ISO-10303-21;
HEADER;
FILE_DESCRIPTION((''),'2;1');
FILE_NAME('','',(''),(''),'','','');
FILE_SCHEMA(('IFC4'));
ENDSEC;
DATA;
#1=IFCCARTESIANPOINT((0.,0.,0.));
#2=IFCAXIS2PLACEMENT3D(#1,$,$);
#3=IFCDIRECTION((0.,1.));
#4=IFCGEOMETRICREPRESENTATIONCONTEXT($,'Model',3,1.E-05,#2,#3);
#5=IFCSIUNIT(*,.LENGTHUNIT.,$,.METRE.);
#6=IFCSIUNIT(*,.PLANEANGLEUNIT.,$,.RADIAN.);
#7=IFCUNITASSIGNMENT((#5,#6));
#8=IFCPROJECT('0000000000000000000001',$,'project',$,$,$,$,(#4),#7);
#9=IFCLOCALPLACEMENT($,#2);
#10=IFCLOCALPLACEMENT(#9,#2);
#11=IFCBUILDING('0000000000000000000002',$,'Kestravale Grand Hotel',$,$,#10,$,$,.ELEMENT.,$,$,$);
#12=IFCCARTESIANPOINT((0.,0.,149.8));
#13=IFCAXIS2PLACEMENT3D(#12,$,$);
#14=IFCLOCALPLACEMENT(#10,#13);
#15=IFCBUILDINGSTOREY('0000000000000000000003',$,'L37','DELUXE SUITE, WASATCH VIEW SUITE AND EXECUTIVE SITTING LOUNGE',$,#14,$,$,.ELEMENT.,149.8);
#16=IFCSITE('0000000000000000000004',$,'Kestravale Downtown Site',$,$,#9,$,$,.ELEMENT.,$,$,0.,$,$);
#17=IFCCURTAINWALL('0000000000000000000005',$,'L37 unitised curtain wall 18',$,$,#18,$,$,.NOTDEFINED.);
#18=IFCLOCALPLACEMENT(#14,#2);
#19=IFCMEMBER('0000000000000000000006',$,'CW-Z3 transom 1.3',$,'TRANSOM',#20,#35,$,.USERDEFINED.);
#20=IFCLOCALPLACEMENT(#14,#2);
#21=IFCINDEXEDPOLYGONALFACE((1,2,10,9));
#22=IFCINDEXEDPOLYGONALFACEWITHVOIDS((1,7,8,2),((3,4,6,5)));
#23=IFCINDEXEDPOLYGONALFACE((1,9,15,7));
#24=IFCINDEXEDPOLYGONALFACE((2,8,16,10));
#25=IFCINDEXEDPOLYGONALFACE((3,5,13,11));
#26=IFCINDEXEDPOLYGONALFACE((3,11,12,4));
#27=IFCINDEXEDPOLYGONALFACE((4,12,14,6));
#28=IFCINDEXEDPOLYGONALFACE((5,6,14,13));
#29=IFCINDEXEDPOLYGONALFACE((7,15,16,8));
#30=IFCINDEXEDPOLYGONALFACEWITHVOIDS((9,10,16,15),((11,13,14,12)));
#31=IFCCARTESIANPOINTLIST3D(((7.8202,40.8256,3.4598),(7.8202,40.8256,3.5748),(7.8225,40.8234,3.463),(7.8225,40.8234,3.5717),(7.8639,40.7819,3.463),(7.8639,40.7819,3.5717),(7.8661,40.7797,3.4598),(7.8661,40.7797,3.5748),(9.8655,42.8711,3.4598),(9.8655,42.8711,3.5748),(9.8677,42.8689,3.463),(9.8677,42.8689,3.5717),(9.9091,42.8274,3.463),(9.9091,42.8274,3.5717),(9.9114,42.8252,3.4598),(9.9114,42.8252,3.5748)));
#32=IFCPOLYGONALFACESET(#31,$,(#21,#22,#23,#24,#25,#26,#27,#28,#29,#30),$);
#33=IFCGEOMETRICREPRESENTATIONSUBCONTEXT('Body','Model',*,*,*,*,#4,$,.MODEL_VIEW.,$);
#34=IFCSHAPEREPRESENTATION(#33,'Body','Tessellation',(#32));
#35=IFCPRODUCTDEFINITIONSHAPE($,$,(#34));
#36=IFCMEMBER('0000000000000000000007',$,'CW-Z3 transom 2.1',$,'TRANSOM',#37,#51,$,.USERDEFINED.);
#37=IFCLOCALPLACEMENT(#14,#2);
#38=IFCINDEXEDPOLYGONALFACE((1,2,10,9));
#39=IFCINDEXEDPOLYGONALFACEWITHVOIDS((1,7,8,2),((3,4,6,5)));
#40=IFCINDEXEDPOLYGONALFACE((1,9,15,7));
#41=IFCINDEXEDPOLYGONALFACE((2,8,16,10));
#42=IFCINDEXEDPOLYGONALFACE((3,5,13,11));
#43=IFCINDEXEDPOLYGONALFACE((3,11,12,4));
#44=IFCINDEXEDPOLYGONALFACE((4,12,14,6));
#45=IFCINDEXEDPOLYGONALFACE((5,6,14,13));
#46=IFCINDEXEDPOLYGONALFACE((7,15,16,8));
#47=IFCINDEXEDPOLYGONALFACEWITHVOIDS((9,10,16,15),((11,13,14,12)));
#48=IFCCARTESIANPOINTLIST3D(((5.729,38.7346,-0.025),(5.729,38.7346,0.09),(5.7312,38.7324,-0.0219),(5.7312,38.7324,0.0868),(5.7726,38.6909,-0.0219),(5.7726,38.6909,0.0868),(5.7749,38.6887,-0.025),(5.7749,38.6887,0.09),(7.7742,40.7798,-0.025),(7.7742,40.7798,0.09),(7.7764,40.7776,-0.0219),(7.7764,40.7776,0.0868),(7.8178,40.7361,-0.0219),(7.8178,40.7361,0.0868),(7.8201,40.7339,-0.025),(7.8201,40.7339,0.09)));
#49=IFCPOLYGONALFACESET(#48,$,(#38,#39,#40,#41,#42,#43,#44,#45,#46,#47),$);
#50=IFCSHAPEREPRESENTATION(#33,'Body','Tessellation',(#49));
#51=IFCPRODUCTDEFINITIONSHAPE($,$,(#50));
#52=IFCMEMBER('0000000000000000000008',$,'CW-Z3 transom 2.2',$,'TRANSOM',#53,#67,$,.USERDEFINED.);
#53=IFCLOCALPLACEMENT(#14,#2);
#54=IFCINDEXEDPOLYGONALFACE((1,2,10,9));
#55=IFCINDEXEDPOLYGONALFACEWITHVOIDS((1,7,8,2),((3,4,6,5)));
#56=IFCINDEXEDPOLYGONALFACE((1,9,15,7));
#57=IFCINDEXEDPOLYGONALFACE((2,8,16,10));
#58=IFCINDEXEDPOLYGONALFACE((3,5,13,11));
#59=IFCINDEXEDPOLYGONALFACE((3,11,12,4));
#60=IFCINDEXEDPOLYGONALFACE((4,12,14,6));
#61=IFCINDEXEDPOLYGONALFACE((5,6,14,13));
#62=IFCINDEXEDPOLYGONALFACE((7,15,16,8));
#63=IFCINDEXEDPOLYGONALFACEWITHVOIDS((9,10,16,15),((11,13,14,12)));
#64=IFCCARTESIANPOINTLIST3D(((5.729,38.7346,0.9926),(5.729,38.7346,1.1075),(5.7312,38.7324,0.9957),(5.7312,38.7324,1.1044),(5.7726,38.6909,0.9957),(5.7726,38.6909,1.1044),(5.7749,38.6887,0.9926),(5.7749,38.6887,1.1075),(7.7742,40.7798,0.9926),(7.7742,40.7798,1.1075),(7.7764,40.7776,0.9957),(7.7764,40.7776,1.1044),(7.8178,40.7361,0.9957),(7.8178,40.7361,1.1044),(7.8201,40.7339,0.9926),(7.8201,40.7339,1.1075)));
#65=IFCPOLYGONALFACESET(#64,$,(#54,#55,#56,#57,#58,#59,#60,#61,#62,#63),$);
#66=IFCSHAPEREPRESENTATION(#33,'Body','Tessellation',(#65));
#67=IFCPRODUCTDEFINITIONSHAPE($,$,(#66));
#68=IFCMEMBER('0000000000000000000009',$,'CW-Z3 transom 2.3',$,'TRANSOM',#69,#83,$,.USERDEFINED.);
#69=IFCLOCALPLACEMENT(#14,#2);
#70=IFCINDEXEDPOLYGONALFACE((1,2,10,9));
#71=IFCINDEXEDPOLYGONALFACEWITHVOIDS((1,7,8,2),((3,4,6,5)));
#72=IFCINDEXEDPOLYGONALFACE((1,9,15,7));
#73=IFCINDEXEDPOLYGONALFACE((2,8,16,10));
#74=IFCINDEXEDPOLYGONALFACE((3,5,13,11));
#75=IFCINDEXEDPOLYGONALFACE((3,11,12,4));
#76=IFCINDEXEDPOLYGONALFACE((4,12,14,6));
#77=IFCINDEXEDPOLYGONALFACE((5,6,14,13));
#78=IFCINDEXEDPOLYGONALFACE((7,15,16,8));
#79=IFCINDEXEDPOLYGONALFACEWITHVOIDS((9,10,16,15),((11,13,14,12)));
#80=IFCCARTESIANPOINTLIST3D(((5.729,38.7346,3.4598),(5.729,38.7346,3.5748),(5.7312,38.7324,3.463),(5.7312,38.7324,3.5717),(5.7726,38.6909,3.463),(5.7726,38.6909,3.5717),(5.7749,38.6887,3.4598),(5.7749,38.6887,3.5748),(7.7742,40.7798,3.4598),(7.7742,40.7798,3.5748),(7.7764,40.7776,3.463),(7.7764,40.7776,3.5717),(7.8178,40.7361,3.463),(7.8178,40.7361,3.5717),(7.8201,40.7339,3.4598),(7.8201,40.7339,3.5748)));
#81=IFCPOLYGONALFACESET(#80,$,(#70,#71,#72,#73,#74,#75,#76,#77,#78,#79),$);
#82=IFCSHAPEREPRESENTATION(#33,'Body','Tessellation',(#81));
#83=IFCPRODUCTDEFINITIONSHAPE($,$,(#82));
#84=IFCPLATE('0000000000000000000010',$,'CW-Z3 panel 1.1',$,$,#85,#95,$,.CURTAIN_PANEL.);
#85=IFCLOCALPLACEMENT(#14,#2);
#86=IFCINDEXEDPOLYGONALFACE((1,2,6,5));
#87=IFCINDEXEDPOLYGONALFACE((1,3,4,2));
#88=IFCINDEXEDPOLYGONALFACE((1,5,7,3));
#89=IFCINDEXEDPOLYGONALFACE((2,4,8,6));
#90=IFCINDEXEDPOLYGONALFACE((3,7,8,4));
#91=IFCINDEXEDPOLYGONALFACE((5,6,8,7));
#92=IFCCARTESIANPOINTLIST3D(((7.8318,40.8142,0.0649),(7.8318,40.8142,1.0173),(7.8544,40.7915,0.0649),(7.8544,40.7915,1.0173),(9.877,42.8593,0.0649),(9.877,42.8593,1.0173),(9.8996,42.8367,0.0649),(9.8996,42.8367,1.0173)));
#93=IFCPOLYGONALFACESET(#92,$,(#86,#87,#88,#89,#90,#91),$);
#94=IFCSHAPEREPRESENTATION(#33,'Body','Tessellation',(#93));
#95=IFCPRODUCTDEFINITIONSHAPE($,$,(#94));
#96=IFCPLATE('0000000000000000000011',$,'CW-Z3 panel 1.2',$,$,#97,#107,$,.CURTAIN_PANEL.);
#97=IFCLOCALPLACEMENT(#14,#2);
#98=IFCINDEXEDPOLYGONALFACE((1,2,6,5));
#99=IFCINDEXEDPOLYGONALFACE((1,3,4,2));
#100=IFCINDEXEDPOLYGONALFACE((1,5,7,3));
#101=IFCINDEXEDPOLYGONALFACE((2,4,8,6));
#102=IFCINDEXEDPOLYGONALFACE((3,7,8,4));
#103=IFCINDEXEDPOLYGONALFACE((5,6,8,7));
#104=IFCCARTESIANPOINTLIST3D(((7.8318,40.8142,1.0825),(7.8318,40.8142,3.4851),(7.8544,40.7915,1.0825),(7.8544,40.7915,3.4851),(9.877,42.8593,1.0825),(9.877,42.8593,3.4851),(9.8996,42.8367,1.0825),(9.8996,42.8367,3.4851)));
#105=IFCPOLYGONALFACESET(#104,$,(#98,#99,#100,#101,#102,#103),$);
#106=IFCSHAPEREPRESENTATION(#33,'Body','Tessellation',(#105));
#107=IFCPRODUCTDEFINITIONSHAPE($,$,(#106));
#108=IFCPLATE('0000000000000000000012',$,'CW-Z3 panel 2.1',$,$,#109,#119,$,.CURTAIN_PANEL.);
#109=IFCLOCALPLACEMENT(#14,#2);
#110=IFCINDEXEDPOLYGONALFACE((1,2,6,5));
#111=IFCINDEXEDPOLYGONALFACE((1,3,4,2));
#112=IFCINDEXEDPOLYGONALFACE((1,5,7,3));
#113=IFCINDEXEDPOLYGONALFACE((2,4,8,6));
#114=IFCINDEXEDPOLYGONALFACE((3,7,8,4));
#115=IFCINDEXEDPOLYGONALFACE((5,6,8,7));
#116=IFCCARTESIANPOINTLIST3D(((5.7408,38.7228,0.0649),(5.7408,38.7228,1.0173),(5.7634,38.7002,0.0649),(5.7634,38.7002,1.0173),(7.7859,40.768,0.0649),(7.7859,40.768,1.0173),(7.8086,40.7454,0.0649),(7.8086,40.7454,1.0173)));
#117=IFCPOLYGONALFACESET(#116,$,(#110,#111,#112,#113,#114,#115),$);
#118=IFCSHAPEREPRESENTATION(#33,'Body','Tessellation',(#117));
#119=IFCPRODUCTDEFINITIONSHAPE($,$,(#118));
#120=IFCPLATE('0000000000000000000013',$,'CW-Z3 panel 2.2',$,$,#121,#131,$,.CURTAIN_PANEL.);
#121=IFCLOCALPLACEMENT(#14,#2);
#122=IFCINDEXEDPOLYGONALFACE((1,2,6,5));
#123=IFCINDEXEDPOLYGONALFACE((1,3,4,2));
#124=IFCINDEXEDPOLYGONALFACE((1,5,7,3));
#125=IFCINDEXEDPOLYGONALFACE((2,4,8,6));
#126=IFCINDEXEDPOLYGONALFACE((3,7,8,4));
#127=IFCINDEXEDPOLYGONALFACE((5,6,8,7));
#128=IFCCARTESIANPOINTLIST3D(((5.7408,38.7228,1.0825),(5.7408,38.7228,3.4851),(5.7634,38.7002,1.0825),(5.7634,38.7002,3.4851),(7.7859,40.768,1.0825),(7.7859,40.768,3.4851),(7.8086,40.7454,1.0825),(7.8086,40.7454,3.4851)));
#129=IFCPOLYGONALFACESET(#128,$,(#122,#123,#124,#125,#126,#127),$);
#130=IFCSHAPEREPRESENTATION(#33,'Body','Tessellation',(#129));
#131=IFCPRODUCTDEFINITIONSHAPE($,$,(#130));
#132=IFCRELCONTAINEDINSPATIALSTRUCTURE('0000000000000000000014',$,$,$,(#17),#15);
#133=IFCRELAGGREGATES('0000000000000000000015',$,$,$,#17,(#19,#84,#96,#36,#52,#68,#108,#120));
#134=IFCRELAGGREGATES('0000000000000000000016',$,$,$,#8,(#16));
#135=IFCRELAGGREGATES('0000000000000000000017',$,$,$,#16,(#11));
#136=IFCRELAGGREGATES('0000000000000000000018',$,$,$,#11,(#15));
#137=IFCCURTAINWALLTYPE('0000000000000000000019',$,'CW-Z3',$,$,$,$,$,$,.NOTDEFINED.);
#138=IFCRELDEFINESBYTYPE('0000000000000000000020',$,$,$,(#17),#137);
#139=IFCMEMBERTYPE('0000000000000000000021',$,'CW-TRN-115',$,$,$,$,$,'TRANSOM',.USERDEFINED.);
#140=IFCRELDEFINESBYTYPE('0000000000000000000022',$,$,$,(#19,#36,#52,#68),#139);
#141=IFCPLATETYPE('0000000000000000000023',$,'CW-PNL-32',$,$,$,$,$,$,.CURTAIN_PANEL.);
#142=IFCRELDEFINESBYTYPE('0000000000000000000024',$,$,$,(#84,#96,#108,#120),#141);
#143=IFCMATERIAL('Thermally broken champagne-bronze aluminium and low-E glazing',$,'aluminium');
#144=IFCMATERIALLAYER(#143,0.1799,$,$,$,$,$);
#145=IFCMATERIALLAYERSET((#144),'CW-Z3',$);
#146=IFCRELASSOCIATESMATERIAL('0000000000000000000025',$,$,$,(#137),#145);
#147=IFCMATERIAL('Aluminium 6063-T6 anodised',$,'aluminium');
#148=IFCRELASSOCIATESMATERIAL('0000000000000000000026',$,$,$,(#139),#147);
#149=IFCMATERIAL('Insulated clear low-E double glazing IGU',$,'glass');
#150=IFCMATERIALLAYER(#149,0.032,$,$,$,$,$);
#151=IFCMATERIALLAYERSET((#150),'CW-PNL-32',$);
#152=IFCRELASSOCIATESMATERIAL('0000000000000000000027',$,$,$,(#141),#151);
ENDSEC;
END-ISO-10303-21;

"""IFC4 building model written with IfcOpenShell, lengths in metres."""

from ifc_helpers import new_model, si_unit, direction, frame, origin, origin_2d, place, context, subcontext, project, spatial, rectangle, hollow_rectangle, extrude, material, layer, layer_set, material_profile, profile_set, type_object, element, aggregate, save


model = new_model("IFC4")

# Units and contexts
model_context = context("Model", 3, precision=1e-05, world=origin(), true_north=direction((0.0, 1.0)))
body_context = subcontext(model_context, "Body", "Model", "MODEL_VIEW")
ifc_project = project(units=[si_unit("LENGTHUNIT", "METRE"), si_unit("PLANEANGLEUNIT", "RADIAN")], contexts=[model_context])

# Site, building, storey
site_placement = place(None, origin())
site = spatial("IfcSite", under=ifc_project, at=site_placement, Name="Kestravale Downtown Site", CompositionType="ELEMENT", RefElevation=0.0)
building_placement = place(site_placement, origin())
building = spatial("IfcBuilding", under=site, at=building_placement, Name="Kestravale Grand Hotel", CompositionType="ELEMENT")
storey_placement = place(building_placement, frame((0.0, 0.0, 149.8)))
storey = spatial("IfcBuildingStorey", under=building, at=storey_placement, Name="L37", Description="DELUXE SUITE, WASATCH VIEW SUITE AND EXECUTIVE SITTING LOUNGE", CompositionType="ELEMENT", Elevation=149.8)

# Curtain wall, members, plates
ifc_material_1 = material(Name="Thermally broken champagne-bronze aluminium and low-E glazing", Category="aluminium")
ifc_layer_1 = layer(ifc_material_1, 0.1799)
ifc_layer_set_1 = layer_set([ifc_layer_1], Name="CW-Z3")
curtain_wall_type = type_object("IfcCurtainWallType", Name="CW-Z3", PredefinedType="NOTDEFINED", material=ifc_layer_set_1)
curtain_wall_placement = place(storey_placement, origin())
curtain_wall = element("IfcCurtainWall", 1, at=curtain_wall_placement, inside=storey, type_object=curtain_wall_type, Name="L37 unitised curtain wall 18", PredefinedType="NOTDEFINED")
ifc_material_2 = material(Name="Aluminium 6063-T6 anodised", Category="aluminium")
ifc_material_profile_1 = material_profile(ifc_material_2, hollow_rectangle(XDim=0.0649, YDim=0.115, WallThickness=0.0032, at=origin_2d()))
ifc_profile_set_1 = profile_set([ifc_material_profile_1], Name="Aluminium 6063-T6 anodised")
member_type_1 = type_object("IfcMemberType", Name="CW-TRN-115", ElementType="TRANSOM", PredefinedType="USERDEFINED", material=ifc_profile_set_1)
member_1_placement = place(storey_placement, frame((9.8884, 42.8481, 3.5173), z_axis=(-0.707065, -0.707149, 0.0), x_axis=(0.707149, -0.707065, 0.0)))
member_1 = element("IfcMember", 2, at=member_1_placement, type_object=member_type_1, Name="CW-Z3 transom 1.3", ObjectType="TRANSOM", PredefinedType="USERDEFINED", context=body_context, shape_type="SweptSolid", body=[
    extrude(hollow_rectangle(XDim=0.0649, YDim=0.115, WallThickness=0.0032, at=origin_2d()), origin(), (0.0, 0.0, 1.0), 2.8926),
])
member_2_placement = place(storey_placement, frame((7.7971, 40.7568, 0.0325), z_axis=(-0.707107, -0.707107, 0.0), x_axis=(0.707107, -0.707107, 0.0)))
member_2 = element("IfcMember", 3, at=member_2_placement, type_object=member_type_1, Name="CW-Z3 transom 2.1", ObjectType="TRANSOM", PredefinedType="USERDEFINED", context=body_context, shape_type="SweptSolid", body=[
    extrude(hollow_rectangle(XDim=0.0649, YDim=0.115, WallThickness=0.0032, at=origin_2d()), origin(), (0.0, 0.0, 1.0), 2.8923),
])
member_3_placement = place(storey_placement, frame((7.7971, 40.7568, 1.05), z_axis=(-0.707107, -0.707107, 0.0), x_axis=(0.707107, -0.707107, 0.0)))
member_3 = element("IfcMember", 4, at=member_3_placement, type_object=member_type_1, Name="CW-Z3 transom 2.2", ObjectType="TRANSOM", PredefinedType="USERDEFINED", context=body_context, shape_type="SweptSolid", body=[
    extrude(hollow_rectangle(XDim=0.0649, YDim=0.115, WallThickness=0.0032, at=origin_2d()), origin(), (0.0, 0.0, 1.0), 2.8923),
])
member_4_placement = place(storey_placement, frame((7.7971, 40.7568, 3.5173), z_axis=(-0.707107, -0.707107, 0.0), x_axis=(0.707107, -0.707107, 0.0)))
member_4 = element("IfcMember", 5, at=member_4_placement, type_object=member_type_1, Name="CW-Z3 transom 2.3", ObjectType="TRANSOM", PredefinedType="USERDEFINED", context=body_context, shape_type="SweptSolid", body=[
    extrude(hollow_rectangle(XDim=0.0649, YDim=0.115, WallThickness=0.0032, at=origin_2d()), origin(), (0.0, 0.0, 1.0), 2.8923),
])
ifc_material_3 = material(Name="Insulated clear low-E double glazing IGU", Category="glass")
ifc_layer_2 = layer(ifc_material_3, 0.032)
ifc_layer_set_2 = layer_set([ifc_layer_2], Name="CW-PNL-32")
plate_type = type_object("IfcPlateType", Name="CW-PNL-32", PredefinedType="CURTAIN_PANEL", material=ifc_layer_set_2)
plate_1_placement = place(storey_placement, frame((8.8657, 41.8254, 0.0649), z_axis=(0.0, 0.0, 1.0), x_axis=(-0.707107, -0.707107, 0.0)))
plate_1 = element("IfcPlate", 6, at=plate_1_placement, type_object=plate_type, Name="CW-Z3 panel 1.1", PredefinedType="CURTAIN_PANEL", context=body_context, shape_type="SweptSolid", body=[
    extrude(rectangle(XDim=2.8923, YDim=0.032, at=origin_2d()), origin(), (0.0, 0.0, 1.0), 0.9524),
])
plate_2_placement = place(storey_placement, frame((8.8657, 41.8254, 1.0825), z_axis=(0.0, 0.0, 1.0), x_axis=(-0.707107, -0.707107, 0.0)))
plate_2 = element("IfcPlate", 7, at=plate_2_placement, type_object=plate_type, Name="CW-Z3 panel 1.2", PredefinedType="CURTAIN_PANEL", context=body_context, shape_type="SweptSolid", body=[
    extrude(rectangle(XDim=2.8923, YDim=0.032, at=origin_2d()), origin(), (0.0, 0.0, 1.0), 2.4026),
])
plate_3_placement = place(storey_placement, frame((6.7747, 39.7341, 0.0649), z_axis=(0.0, 0.0, 1.0), x_axis=(-0.707107, -0.707107, 0.0)))
plate_3 = element("IfcPlate", 8, at=plate_3_placement, type_object=plate_type, Name="CW-Z3 panel 2.1", PredefinedType="CURTAIN_PANEL", context=body_context, shape_type="SweptSolid", body=[
    extrude(rectangle(XDim=2.8923, YDim=0.032, at=origin_2d()), origin(), (0.0, 0.0, 1.0), 0.9524),
])
plate_4_placement = place(storey_placement, frame((6.7747, 39.7341, 1.0825), z_axis=(0.0, 0.0, 1.0), x_axis=(-0.707107, -0.707107, 0.0)))
plate_4 = element("IfcPlate", 9, at=plate_4_placement, type_object=plate_type, Name="CW-Z3 panel 2.2", PredefinedType="CURTAIN_PANEL", context=body_context, shape_type="SweptSolid", body=[
    extrude(rectangle(XDim=2.8923, YDim=0.032, at=origin_2d()), origin(), (0.0, 0.0, 1.0), 2.4026),
])
aggregate(curtain_wall, [member_1, plate_1, plate_2, member_2, member_3, member_4, plate_3, plate_4])

save(model, "model.ifc")
